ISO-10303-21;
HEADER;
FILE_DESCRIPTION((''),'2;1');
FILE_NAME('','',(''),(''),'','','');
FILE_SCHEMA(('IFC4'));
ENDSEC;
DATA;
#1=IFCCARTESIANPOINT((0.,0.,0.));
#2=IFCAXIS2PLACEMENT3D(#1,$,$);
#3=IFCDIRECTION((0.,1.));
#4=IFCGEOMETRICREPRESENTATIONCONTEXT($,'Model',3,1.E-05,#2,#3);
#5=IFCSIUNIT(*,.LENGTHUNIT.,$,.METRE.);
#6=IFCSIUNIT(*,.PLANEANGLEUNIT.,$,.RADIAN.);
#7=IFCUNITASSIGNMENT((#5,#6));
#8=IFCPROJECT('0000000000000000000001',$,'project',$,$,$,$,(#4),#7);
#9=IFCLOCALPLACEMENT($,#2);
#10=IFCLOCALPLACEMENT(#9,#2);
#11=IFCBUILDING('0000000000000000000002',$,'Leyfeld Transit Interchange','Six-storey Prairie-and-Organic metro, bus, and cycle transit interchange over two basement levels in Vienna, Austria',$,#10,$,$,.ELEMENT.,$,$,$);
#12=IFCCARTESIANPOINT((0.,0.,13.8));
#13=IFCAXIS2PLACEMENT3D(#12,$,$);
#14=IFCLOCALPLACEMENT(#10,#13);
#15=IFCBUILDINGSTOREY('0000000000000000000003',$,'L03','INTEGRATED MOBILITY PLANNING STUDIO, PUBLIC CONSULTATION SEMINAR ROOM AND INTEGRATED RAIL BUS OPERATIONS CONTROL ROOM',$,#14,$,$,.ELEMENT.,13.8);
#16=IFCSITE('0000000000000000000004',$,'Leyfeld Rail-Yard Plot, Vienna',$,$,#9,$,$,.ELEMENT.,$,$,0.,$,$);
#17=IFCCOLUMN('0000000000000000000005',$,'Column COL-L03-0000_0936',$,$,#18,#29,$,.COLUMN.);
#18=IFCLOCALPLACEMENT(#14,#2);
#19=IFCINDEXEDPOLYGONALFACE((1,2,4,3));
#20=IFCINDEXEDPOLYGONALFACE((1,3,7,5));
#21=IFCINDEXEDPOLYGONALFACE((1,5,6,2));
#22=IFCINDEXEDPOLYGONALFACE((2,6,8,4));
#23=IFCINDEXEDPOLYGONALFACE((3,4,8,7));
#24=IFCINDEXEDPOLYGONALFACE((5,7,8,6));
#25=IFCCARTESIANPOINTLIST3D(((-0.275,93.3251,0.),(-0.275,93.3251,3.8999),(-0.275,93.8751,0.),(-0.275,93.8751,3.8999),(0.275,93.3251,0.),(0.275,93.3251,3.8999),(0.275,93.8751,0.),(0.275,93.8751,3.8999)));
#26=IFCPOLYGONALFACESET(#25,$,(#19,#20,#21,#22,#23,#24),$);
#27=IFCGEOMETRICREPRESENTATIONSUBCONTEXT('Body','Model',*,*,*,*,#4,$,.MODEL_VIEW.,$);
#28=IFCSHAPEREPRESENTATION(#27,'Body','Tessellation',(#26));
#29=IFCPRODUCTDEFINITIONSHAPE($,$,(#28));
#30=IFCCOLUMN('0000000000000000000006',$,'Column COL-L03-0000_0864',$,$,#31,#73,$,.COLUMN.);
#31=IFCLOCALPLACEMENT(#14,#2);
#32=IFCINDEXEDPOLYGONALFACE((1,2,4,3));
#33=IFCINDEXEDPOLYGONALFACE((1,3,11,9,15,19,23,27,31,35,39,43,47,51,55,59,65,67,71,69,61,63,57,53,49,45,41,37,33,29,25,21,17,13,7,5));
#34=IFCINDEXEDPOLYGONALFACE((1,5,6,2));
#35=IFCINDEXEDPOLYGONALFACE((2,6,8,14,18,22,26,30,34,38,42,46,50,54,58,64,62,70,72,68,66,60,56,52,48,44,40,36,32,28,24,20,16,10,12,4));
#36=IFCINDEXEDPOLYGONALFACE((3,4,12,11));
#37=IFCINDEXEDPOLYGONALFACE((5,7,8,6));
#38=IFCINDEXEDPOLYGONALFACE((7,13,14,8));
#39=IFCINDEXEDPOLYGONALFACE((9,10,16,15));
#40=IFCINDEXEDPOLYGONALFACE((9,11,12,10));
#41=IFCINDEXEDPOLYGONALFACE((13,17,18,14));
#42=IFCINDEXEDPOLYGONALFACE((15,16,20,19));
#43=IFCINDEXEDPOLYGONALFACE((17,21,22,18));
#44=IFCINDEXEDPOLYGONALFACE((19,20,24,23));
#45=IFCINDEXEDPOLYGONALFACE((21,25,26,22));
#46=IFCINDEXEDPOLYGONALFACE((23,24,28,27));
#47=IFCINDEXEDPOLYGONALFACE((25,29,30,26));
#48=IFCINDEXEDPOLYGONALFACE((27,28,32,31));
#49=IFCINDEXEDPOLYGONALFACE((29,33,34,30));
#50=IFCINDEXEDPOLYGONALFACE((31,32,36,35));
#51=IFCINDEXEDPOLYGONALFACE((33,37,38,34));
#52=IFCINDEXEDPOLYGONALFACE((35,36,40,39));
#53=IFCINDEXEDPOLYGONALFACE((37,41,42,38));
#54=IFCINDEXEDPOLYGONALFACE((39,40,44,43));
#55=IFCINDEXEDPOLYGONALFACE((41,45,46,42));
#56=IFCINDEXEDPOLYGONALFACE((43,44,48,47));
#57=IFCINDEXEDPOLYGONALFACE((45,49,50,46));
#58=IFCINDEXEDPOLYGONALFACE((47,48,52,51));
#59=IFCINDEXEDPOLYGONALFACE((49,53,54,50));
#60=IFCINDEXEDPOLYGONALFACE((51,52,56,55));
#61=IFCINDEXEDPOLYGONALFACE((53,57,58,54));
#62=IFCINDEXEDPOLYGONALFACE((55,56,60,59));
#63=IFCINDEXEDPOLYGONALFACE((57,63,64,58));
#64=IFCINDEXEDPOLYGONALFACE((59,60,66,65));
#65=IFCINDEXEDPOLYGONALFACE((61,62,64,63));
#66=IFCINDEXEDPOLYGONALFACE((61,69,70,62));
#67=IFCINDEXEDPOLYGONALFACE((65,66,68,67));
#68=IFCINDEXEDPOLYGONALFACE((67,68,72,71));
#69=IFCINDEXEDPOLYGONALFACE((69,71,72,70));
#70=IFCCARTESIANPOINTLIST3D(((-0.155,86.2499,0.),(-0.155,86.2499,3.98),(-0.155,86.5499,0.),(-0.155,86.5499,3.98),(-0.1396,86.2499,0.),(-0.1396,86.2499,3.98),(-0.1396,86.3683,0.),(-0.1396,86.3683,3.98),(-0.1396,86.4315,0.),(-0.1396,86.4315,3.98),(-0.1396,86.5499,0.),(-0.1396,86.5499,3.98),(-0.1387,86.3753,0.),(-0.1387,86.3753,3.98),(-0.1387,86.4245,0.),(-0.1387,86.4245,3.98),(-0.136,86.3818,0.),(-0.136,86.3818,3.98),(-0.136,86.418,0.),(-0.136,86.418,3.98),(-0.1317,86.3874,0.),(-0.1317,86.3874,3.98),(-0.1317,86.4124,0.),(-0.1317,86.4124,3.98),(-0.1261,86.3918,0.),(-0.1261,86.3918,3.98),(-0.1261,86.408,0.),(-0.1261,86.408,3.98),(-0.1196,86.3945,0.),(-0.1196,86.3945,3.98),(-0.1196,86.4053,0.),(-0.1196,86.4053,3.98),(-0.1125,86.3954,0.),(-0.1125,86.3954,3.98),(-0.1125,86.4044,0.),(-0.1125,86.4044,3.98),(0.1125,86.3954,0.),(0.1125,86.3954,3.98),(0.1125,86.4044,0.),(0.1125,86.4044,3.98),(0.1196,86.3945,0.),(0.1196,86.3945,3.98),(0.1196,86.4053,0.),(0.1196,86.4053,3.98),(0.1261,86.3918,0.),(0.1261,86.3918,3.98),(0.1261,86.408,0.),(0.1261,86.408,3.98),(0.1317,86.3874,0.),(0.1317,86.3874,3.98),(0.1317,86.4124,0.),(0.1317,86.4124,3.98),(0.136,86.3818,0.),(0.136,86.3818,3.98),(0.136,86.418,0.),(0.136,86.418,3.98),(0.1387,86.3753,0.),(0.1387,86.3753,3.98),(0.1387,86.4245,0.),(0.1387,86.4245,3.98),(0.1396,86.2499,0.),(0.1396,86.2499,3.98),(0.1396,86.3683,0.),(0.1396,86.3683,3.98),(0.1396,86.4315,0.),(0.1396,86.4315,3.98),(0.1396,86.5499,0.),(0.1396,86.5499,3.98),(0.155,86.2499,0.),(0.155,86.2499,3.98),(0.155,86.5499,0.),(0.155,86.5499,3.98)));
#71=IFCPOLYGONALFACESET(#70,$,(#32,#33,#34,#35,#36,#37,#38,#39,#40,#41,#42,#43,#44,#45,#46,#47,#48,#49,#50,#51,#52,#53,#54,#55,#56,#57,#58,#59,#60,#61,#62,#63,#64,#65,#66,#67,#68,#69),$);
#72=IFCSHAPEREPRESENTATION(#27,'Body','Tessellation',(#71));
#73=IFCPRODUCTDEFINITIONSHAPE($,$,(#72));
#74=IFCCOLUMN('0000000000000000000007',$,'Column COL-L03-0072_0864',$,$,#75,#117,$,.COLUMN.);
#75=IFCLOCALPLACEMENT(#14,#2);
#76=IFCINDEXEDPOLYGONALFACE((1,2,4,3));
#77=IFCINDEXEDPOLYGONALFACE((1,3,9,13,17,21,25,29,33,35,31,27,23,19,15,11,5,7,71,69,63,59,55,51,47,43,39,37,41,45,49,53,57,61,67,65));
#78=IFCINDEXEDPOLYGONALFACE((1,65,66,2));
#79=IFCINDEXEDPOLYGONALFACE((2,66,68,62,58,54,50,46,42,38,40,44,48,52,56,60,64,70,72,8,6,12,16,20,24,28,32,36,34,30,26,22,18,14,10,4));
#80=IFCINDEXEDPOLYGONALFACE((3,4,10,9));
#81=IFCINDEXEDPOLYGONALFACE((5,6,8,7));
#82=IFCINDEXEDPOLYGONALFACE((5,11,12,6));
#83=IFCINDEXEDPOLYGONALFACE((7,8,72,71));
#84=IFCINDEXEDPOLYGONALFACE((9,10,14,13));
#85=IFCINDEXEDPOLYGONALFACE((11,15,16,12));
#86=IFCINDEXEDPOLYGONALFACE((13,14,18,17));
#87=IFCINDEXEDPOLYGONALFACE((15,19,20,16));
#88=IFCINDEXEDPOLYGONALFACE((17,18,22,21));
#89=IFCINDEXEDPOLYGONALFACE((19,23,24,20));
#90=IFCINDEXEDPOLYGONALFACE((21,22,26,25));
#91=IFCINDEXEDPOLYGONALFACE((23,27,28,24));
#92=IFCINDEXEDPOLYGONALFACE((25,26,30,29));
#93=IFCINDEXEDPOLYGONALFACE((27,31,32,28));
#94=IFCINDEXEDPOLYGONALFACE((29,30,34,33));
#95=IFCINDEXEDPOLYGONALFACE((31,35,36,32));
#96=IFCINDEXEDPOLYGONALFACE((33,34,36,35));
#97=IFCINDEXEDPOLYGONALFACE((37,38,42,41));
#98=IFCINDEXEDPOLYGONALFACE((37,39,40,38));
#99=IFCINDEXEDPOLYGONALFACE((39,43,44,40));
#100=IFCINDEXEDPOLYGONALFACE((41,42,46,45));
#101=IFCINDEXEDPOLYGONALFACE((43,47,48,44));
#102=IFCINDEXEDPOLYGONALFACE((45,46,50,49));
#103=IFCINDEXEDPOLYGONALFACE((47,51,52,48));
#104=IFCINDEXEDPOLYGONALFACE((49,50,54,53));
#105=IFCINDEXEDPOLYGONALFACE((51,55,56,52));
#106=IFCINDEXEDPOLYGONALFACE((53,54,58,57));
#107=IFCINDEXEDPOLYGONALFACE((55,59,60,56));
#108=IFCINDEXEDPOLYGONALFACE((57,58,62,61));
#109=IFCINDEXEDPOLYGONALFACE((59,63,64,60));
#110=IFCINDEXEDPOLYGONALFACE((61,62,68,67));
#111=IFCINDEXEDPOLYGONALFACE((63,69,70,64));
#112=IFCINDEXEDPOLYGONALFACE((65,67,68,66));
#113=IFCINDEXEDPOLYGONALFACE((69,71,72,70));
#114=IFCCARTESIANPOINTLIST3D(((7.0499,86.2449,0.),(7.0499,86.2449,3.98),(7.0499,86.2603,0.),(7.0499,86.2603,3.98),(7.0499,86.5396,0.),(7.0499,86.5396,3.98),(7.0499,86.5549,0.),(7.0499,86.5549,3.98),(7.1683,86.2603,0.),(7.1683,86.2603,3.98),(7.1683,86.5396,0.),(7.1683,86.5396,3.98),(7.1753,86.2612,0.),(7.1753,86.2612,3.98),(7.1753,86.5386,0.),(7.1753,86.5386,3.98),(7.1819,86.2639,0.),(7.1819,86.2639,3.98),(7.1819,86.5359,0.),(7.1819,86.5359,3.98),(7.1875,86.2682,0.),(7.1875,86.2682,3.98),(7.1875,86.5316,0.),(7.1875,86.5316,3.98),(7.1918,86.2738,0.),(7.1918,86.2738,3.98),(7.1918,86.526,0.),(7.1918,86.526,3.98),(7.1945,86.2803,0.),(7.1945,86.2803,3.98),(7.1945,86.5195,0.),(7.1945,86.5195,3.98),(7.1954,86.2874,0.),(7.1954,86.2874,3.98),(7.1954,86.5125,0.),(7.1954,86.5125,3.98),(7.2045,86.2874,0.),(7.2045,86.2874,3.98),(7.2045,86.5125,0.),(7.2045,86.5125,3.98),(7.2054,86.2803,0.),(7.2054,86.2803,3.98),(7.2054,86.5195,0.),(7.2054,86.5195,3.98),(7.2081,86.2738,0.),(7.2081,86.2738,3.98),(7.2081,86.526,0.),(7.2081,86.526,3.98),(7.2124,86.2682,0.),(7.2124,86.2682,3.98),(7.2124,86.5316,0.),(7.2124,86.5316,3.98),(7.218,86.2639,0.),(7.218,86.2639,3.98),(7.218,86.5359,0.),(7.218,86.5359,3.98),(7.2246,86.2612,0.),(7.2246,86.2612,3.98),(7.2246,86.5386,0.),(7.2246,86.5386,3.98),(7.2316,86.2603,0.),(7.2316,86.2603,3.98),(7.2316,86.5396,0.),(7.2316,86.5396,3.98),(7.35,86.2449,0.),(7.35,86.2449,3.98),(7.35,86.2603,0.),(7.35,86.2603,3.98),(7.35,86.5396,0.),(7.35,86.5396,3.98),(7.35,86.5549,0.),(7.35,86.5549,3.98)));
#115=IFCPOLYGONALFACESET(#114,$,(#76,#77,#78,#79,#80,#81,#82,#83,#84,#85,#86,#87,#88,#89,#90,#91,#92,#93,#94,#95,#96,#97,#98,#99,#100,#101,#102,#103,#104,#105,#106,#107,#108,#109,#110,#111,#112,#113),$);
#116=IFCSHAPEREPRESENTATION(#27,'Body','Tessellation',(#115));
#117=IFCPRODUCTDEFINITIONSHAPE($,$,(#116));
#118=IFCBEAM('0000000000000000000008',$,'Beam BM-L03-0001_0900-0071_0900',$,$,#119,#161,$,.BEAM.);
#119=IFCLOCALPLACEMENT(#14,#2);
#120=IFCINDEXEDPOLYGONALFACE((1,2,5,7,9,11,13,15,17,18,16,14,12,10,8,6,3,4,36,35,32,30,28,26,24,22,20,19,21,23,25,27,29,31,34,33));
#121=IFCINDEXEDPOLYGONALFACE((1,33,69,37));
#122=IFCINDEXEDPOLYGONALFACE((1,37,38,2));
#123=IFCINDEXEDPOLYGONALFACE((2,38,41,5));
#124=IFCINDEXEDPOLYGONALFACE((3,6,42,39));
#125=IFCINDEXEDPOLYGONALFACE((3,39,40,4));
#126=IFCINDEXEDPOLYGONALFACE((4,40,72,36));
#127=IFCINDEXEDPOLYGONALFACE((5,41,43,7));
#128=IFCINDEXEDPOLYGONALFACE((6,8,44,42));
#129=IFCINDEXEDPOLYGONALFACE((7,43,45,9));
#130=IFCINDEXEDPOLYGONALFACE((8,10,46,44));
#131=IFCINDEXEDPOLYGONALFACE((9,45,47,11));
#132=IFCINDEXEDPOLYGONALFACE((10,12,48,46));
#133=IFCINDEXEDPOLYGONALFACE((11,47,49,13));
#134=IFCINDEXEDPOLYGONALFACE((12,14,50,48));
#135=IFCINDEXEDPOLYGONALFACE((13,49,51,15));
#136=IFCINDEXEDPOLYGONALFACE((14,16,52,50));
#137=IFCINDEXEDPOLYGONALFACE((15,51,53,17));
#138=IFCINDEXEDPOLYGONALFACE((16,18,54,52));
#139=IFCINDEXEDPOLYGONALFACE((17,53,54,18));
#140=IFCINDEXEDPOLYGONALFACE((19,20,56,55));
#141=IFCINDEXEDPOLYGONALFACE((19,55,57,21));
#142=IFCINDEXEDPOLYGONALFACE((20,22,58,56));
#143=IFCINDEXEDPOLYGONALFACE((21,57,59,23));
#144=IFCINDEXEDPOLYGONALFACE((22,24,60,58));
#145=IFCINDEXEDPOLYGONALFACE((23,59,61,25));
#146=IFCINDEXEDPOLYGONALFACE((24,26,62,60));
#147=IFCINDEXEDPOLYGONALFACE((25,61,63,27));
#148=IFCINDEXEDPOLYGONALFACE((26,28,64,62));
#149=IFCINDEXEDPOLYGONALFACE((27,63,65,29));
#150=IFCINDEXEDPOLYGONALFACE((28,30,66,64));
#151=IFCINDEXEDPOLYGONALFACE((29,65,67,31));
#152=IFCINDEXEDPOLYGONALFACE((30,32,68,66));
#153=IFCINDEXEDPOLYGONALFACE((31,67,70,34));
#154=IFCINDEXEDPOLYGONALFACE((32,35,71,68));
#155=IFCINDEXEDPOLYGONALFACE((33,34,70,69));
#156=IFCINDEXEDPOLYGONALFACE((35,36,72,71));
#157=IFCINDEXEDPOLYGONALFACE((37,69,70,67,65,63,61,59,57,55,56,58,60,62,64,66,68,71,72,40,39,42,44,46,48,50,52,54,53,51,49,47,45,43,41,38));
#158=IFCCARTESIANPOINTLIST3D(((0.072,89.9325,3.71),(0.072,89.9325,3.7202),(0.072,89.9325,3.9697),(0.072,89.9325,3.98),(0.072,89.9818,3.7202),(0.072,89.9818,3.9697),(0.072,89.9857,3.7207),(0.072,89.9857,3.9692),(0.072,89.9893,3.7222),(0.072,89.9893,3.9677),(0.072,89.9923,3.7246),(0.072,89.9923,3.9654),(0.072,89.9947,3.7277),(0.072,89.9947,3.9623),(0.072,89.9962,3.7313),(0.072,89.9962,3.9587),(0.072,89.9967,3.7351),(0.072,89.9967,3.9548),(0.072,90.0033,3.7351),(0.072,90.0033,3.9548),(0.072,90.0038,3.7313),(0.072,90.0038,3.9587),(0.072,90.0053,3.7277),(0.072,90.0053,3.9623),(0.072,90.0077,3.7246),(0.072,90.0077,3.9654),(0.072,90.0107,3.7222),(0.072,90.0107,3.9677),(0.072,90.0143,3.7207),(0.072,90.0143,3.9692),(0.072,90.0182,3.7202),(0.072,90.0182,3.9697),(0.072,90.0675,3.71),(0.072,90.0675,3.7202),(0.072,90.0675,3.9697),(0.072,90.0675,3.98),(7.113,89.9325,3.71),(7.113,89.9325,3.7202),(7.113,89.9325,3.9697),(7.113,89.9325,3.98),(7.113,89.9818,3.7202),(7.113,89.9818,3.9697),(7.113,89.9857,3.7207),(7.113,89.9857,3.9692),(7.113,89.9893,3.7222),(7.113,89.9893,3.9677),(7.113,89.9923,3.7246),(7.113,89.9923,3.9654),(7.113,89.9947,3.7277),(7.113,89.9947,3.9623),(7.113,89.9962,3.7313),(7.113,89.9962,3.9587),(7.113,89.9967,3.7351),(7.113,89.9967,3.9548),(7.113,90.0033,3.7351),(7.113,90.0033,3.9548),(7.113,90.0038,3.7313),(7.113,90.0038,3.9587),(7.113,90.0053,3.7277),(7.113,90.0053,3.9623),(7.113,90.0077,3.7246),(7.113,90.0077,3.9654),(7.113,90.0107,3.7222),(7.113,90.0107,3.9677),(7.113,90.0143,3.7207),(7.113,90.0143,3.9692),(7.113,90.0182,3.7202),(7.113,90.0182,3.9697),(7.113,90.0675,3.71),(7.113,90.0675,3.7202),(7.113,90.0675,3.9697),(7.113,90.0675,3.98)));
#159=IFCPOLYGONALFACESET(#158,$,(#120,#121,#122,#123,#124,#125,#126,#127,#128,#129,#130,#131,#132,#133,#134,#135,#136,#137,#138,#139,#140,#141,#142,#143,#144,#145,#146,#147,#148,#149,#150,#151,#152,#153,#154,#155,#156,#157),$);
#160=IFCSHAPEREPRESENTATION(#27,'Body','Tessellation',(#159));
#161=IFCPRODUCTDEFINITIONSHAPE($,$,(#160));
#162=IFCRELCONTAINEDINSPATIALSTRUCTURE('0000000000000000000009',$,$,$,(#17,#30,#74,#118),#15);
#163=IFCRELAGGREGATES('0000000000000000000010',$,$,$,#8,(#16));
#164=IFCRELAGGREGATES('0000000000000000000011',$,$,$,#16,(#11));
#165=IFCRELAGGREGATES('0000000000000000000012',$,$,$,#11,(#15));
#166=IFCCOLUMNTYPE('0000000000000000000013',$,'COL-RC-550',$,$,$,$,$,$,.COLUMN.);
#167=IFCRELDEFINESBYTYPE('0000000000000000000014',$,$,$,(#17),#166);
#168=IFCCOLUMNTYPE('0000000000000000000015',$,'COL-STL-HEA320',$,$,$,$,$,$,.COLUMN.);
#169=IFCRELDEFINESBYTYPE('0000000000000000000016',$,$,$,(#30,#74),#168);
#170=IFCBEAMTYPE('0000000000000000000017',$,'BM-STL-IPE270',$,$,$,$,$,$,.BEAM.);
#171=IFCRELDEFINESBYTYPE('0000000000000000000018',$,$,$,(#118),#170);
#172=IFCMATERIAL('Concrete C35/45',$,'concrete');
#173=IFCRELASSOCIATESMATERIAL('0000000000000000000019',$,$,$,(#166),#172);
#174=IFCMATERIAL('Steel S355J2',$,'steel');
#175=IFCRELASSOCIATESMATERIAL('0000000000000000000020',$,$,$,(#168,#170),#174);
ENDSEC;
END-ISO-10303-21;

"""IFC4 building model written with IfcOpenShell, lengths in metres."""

from ifc_helpers import new_model, si_unit, direction, frame, origin, origin_2d, place, context, subcontext, project, spatial, rectangle, i_section, extrude, material, material_profile, profile_set, type_object, element, save


model = new_model("IFC4")

# Units and contexts
model_context = context("Model", 3, precision=1e-05, world=origin(), true_north=direction((0.0, 1.0)))
body_context = subcontext(model_context, "Body", "Model", "MODEL_VIEW")
ifc_project = project(units=[si_unit("LENGTHUNIT", "METRE"), si_unit("PLANEANGLEUNIT", "RADIAN")], contexts=[model_context])

# Site, building, storey
site_placement = place(None, origin())
site = spatial("IfcSite", under=ifc_project, at=site_placement, Name="Leyfeld Rail-Yard Plot, Vienna", CompositionType="ELEMENT", RefElevation=0.0)
building_placement = place(site_placement, origin())
building = spatial("IfcBuilding", under=site, at=building_placement, Name="Leyfeld Transit Interchange", Description="Six-storey Prairie-and-Organic metro, bus, and cycle transit interchange over two basement levels in Vienna, Austria", CompositionType="ELEMENT")
storey_placement = place(building_placement, frame((0.0, 0.0, 13.8)))
storey = spatial("IfcBuildingStorey", under=building, at=storey_placement, Name="L03", Description="INTEGRATED MOBILITY PLANNING STUDIO, PUBLIC CONSULTATION SEMINAR ROOM AND INTEGRATED RAIL BUS OPERATIONS CONTROL ROOM", CompositionType="ELEMENT", Elevation=13.8)

# Columns
ifc_material_1 = material(Name="Concrete C35/45", Category="concrete")
ifc_material_profile_1 = material_profile(ifc_material_1, rectangle(XDim=0.55, YDim=0.55, at=origin_2d()), Name="RC 550x550")
ifc_profile_set_1 = profile_set([ifc_material_profile_1], Name="Concrete C35/45")
column_type_1 = type_object("IfcColumnType", Name="COL-RC-550", PredefinedType="COLUMN", material=ifc_profile_set_1)
column_placement = place(storey_placement, frame((0.0, 93.6001, 0.0), z_axis=(0.0, 0.0, 1.0), x_axis=(0.0, 1.0, 0.0)))
element("IfcColumn", 1, at=column_placement, inside=storey, type_object=column_type_1, Name="Column COL-L03-0000_0936", PredefinedType="COLUMN", context=body_context, shape_type="SweptSolid", body=[
    extrude(rectangle(XDim=0.55, YDim=0.55, at=origin_2d()), origin(), (0.0, 0.0, 1.0), 3.8999),
])
ifc_material_2 = material(Name="Steel S355J2", Category="steel")
ifc_material_profile_2 = material_profile(ifc_material_2, i_section(OverallWidth=0.3, OverallDepth=0.3101, WebThickness=0.009, FlangeThickness=0.0154, FilletRadius=0.0271, at=origin_2d()), Name="HEA 320")
ifc_profile_set_2 = profile_set([ifc_material_profile_2], Name="Steel S355J2")
column_type_2 = type_object("IfcColumnType", Name="COL-STL-HEA320", PredefinedType="COLUMN", material=ifc_profile_set_2)
for number, where, z_axis, x_axis, name in (
    (2, (0.0, 86.3999, 0.0), (0.0, 0.0, 1.0), (0.0, 1.0, 0.0), "Column COL-L03-0000_0864"),
    (3, (7.2, 86.3999, 0.0), (0.0, 0.0, 1.0), (1.0, 0.0, 0.0), "Column COL-L03-0072_0864"),
):
    element("IfcColumn", number, at=place(storey_placement, frame(where, z_axis=z_axis, x_axis=x_axis)), inside=storey, type_object=column_type_2, Name=name, PredefinedType="COLUMN", context=body_context, shape_type="SweptSolid", body=[
        extrude(i_section(OverallWidth=0.3, OverallDepth=0.3101, WebThickness=0.009, FlangeThickness=0.0154, FilletRadius=0.0271, at=origin_2d()), origin(), (0.0, 0.0, 1.0), 3.98),
    ])

# Beam
ifc_material_profile_3 = material_profile(ifc_material_2, i_section(OverallWidth=0.135, OverallDepth=0.27, WebThickness=0.0066, FlangeThickness=0.0103, FilletRadius=0.0149, at=origin_2d()), Name="IPE 270")
ifc_profile_set_3 = profile_set([ifc_material_profile_3], Name="Steel S355J2")
beam_type_1 = type_object("IfcBeamType", Name="BM-STL-IPE270", PredefinedType="BEAM", material=ifc_profile_set_3)
beam_1_placement = place(storey_placement, frame((0.072, 90.0, 3.845), z_axis=(1.0, 0.0, 0.0), x_axis=(0.0, 1.0, 0.0)))
element("IfcBeam", 4, at=beam_1_placement, inside=storey, type_object=beam_type_1, Name="Beam BM-L03-0001_0900-0071_0900", PredefinedType="BEAM", context=body_context, shape_type="SweptSolid", body=[
    extrude(i_section(OverallWidth=0.135, OverallDepth=0.27, WebThickness=0.0066, FlangeThickness=0.0103, FilletRadius=0.0149, at=origin_2d()), origin(), (0.0, 0.0, 1.0), 7.041),
])

save(model, "model.ifc")
